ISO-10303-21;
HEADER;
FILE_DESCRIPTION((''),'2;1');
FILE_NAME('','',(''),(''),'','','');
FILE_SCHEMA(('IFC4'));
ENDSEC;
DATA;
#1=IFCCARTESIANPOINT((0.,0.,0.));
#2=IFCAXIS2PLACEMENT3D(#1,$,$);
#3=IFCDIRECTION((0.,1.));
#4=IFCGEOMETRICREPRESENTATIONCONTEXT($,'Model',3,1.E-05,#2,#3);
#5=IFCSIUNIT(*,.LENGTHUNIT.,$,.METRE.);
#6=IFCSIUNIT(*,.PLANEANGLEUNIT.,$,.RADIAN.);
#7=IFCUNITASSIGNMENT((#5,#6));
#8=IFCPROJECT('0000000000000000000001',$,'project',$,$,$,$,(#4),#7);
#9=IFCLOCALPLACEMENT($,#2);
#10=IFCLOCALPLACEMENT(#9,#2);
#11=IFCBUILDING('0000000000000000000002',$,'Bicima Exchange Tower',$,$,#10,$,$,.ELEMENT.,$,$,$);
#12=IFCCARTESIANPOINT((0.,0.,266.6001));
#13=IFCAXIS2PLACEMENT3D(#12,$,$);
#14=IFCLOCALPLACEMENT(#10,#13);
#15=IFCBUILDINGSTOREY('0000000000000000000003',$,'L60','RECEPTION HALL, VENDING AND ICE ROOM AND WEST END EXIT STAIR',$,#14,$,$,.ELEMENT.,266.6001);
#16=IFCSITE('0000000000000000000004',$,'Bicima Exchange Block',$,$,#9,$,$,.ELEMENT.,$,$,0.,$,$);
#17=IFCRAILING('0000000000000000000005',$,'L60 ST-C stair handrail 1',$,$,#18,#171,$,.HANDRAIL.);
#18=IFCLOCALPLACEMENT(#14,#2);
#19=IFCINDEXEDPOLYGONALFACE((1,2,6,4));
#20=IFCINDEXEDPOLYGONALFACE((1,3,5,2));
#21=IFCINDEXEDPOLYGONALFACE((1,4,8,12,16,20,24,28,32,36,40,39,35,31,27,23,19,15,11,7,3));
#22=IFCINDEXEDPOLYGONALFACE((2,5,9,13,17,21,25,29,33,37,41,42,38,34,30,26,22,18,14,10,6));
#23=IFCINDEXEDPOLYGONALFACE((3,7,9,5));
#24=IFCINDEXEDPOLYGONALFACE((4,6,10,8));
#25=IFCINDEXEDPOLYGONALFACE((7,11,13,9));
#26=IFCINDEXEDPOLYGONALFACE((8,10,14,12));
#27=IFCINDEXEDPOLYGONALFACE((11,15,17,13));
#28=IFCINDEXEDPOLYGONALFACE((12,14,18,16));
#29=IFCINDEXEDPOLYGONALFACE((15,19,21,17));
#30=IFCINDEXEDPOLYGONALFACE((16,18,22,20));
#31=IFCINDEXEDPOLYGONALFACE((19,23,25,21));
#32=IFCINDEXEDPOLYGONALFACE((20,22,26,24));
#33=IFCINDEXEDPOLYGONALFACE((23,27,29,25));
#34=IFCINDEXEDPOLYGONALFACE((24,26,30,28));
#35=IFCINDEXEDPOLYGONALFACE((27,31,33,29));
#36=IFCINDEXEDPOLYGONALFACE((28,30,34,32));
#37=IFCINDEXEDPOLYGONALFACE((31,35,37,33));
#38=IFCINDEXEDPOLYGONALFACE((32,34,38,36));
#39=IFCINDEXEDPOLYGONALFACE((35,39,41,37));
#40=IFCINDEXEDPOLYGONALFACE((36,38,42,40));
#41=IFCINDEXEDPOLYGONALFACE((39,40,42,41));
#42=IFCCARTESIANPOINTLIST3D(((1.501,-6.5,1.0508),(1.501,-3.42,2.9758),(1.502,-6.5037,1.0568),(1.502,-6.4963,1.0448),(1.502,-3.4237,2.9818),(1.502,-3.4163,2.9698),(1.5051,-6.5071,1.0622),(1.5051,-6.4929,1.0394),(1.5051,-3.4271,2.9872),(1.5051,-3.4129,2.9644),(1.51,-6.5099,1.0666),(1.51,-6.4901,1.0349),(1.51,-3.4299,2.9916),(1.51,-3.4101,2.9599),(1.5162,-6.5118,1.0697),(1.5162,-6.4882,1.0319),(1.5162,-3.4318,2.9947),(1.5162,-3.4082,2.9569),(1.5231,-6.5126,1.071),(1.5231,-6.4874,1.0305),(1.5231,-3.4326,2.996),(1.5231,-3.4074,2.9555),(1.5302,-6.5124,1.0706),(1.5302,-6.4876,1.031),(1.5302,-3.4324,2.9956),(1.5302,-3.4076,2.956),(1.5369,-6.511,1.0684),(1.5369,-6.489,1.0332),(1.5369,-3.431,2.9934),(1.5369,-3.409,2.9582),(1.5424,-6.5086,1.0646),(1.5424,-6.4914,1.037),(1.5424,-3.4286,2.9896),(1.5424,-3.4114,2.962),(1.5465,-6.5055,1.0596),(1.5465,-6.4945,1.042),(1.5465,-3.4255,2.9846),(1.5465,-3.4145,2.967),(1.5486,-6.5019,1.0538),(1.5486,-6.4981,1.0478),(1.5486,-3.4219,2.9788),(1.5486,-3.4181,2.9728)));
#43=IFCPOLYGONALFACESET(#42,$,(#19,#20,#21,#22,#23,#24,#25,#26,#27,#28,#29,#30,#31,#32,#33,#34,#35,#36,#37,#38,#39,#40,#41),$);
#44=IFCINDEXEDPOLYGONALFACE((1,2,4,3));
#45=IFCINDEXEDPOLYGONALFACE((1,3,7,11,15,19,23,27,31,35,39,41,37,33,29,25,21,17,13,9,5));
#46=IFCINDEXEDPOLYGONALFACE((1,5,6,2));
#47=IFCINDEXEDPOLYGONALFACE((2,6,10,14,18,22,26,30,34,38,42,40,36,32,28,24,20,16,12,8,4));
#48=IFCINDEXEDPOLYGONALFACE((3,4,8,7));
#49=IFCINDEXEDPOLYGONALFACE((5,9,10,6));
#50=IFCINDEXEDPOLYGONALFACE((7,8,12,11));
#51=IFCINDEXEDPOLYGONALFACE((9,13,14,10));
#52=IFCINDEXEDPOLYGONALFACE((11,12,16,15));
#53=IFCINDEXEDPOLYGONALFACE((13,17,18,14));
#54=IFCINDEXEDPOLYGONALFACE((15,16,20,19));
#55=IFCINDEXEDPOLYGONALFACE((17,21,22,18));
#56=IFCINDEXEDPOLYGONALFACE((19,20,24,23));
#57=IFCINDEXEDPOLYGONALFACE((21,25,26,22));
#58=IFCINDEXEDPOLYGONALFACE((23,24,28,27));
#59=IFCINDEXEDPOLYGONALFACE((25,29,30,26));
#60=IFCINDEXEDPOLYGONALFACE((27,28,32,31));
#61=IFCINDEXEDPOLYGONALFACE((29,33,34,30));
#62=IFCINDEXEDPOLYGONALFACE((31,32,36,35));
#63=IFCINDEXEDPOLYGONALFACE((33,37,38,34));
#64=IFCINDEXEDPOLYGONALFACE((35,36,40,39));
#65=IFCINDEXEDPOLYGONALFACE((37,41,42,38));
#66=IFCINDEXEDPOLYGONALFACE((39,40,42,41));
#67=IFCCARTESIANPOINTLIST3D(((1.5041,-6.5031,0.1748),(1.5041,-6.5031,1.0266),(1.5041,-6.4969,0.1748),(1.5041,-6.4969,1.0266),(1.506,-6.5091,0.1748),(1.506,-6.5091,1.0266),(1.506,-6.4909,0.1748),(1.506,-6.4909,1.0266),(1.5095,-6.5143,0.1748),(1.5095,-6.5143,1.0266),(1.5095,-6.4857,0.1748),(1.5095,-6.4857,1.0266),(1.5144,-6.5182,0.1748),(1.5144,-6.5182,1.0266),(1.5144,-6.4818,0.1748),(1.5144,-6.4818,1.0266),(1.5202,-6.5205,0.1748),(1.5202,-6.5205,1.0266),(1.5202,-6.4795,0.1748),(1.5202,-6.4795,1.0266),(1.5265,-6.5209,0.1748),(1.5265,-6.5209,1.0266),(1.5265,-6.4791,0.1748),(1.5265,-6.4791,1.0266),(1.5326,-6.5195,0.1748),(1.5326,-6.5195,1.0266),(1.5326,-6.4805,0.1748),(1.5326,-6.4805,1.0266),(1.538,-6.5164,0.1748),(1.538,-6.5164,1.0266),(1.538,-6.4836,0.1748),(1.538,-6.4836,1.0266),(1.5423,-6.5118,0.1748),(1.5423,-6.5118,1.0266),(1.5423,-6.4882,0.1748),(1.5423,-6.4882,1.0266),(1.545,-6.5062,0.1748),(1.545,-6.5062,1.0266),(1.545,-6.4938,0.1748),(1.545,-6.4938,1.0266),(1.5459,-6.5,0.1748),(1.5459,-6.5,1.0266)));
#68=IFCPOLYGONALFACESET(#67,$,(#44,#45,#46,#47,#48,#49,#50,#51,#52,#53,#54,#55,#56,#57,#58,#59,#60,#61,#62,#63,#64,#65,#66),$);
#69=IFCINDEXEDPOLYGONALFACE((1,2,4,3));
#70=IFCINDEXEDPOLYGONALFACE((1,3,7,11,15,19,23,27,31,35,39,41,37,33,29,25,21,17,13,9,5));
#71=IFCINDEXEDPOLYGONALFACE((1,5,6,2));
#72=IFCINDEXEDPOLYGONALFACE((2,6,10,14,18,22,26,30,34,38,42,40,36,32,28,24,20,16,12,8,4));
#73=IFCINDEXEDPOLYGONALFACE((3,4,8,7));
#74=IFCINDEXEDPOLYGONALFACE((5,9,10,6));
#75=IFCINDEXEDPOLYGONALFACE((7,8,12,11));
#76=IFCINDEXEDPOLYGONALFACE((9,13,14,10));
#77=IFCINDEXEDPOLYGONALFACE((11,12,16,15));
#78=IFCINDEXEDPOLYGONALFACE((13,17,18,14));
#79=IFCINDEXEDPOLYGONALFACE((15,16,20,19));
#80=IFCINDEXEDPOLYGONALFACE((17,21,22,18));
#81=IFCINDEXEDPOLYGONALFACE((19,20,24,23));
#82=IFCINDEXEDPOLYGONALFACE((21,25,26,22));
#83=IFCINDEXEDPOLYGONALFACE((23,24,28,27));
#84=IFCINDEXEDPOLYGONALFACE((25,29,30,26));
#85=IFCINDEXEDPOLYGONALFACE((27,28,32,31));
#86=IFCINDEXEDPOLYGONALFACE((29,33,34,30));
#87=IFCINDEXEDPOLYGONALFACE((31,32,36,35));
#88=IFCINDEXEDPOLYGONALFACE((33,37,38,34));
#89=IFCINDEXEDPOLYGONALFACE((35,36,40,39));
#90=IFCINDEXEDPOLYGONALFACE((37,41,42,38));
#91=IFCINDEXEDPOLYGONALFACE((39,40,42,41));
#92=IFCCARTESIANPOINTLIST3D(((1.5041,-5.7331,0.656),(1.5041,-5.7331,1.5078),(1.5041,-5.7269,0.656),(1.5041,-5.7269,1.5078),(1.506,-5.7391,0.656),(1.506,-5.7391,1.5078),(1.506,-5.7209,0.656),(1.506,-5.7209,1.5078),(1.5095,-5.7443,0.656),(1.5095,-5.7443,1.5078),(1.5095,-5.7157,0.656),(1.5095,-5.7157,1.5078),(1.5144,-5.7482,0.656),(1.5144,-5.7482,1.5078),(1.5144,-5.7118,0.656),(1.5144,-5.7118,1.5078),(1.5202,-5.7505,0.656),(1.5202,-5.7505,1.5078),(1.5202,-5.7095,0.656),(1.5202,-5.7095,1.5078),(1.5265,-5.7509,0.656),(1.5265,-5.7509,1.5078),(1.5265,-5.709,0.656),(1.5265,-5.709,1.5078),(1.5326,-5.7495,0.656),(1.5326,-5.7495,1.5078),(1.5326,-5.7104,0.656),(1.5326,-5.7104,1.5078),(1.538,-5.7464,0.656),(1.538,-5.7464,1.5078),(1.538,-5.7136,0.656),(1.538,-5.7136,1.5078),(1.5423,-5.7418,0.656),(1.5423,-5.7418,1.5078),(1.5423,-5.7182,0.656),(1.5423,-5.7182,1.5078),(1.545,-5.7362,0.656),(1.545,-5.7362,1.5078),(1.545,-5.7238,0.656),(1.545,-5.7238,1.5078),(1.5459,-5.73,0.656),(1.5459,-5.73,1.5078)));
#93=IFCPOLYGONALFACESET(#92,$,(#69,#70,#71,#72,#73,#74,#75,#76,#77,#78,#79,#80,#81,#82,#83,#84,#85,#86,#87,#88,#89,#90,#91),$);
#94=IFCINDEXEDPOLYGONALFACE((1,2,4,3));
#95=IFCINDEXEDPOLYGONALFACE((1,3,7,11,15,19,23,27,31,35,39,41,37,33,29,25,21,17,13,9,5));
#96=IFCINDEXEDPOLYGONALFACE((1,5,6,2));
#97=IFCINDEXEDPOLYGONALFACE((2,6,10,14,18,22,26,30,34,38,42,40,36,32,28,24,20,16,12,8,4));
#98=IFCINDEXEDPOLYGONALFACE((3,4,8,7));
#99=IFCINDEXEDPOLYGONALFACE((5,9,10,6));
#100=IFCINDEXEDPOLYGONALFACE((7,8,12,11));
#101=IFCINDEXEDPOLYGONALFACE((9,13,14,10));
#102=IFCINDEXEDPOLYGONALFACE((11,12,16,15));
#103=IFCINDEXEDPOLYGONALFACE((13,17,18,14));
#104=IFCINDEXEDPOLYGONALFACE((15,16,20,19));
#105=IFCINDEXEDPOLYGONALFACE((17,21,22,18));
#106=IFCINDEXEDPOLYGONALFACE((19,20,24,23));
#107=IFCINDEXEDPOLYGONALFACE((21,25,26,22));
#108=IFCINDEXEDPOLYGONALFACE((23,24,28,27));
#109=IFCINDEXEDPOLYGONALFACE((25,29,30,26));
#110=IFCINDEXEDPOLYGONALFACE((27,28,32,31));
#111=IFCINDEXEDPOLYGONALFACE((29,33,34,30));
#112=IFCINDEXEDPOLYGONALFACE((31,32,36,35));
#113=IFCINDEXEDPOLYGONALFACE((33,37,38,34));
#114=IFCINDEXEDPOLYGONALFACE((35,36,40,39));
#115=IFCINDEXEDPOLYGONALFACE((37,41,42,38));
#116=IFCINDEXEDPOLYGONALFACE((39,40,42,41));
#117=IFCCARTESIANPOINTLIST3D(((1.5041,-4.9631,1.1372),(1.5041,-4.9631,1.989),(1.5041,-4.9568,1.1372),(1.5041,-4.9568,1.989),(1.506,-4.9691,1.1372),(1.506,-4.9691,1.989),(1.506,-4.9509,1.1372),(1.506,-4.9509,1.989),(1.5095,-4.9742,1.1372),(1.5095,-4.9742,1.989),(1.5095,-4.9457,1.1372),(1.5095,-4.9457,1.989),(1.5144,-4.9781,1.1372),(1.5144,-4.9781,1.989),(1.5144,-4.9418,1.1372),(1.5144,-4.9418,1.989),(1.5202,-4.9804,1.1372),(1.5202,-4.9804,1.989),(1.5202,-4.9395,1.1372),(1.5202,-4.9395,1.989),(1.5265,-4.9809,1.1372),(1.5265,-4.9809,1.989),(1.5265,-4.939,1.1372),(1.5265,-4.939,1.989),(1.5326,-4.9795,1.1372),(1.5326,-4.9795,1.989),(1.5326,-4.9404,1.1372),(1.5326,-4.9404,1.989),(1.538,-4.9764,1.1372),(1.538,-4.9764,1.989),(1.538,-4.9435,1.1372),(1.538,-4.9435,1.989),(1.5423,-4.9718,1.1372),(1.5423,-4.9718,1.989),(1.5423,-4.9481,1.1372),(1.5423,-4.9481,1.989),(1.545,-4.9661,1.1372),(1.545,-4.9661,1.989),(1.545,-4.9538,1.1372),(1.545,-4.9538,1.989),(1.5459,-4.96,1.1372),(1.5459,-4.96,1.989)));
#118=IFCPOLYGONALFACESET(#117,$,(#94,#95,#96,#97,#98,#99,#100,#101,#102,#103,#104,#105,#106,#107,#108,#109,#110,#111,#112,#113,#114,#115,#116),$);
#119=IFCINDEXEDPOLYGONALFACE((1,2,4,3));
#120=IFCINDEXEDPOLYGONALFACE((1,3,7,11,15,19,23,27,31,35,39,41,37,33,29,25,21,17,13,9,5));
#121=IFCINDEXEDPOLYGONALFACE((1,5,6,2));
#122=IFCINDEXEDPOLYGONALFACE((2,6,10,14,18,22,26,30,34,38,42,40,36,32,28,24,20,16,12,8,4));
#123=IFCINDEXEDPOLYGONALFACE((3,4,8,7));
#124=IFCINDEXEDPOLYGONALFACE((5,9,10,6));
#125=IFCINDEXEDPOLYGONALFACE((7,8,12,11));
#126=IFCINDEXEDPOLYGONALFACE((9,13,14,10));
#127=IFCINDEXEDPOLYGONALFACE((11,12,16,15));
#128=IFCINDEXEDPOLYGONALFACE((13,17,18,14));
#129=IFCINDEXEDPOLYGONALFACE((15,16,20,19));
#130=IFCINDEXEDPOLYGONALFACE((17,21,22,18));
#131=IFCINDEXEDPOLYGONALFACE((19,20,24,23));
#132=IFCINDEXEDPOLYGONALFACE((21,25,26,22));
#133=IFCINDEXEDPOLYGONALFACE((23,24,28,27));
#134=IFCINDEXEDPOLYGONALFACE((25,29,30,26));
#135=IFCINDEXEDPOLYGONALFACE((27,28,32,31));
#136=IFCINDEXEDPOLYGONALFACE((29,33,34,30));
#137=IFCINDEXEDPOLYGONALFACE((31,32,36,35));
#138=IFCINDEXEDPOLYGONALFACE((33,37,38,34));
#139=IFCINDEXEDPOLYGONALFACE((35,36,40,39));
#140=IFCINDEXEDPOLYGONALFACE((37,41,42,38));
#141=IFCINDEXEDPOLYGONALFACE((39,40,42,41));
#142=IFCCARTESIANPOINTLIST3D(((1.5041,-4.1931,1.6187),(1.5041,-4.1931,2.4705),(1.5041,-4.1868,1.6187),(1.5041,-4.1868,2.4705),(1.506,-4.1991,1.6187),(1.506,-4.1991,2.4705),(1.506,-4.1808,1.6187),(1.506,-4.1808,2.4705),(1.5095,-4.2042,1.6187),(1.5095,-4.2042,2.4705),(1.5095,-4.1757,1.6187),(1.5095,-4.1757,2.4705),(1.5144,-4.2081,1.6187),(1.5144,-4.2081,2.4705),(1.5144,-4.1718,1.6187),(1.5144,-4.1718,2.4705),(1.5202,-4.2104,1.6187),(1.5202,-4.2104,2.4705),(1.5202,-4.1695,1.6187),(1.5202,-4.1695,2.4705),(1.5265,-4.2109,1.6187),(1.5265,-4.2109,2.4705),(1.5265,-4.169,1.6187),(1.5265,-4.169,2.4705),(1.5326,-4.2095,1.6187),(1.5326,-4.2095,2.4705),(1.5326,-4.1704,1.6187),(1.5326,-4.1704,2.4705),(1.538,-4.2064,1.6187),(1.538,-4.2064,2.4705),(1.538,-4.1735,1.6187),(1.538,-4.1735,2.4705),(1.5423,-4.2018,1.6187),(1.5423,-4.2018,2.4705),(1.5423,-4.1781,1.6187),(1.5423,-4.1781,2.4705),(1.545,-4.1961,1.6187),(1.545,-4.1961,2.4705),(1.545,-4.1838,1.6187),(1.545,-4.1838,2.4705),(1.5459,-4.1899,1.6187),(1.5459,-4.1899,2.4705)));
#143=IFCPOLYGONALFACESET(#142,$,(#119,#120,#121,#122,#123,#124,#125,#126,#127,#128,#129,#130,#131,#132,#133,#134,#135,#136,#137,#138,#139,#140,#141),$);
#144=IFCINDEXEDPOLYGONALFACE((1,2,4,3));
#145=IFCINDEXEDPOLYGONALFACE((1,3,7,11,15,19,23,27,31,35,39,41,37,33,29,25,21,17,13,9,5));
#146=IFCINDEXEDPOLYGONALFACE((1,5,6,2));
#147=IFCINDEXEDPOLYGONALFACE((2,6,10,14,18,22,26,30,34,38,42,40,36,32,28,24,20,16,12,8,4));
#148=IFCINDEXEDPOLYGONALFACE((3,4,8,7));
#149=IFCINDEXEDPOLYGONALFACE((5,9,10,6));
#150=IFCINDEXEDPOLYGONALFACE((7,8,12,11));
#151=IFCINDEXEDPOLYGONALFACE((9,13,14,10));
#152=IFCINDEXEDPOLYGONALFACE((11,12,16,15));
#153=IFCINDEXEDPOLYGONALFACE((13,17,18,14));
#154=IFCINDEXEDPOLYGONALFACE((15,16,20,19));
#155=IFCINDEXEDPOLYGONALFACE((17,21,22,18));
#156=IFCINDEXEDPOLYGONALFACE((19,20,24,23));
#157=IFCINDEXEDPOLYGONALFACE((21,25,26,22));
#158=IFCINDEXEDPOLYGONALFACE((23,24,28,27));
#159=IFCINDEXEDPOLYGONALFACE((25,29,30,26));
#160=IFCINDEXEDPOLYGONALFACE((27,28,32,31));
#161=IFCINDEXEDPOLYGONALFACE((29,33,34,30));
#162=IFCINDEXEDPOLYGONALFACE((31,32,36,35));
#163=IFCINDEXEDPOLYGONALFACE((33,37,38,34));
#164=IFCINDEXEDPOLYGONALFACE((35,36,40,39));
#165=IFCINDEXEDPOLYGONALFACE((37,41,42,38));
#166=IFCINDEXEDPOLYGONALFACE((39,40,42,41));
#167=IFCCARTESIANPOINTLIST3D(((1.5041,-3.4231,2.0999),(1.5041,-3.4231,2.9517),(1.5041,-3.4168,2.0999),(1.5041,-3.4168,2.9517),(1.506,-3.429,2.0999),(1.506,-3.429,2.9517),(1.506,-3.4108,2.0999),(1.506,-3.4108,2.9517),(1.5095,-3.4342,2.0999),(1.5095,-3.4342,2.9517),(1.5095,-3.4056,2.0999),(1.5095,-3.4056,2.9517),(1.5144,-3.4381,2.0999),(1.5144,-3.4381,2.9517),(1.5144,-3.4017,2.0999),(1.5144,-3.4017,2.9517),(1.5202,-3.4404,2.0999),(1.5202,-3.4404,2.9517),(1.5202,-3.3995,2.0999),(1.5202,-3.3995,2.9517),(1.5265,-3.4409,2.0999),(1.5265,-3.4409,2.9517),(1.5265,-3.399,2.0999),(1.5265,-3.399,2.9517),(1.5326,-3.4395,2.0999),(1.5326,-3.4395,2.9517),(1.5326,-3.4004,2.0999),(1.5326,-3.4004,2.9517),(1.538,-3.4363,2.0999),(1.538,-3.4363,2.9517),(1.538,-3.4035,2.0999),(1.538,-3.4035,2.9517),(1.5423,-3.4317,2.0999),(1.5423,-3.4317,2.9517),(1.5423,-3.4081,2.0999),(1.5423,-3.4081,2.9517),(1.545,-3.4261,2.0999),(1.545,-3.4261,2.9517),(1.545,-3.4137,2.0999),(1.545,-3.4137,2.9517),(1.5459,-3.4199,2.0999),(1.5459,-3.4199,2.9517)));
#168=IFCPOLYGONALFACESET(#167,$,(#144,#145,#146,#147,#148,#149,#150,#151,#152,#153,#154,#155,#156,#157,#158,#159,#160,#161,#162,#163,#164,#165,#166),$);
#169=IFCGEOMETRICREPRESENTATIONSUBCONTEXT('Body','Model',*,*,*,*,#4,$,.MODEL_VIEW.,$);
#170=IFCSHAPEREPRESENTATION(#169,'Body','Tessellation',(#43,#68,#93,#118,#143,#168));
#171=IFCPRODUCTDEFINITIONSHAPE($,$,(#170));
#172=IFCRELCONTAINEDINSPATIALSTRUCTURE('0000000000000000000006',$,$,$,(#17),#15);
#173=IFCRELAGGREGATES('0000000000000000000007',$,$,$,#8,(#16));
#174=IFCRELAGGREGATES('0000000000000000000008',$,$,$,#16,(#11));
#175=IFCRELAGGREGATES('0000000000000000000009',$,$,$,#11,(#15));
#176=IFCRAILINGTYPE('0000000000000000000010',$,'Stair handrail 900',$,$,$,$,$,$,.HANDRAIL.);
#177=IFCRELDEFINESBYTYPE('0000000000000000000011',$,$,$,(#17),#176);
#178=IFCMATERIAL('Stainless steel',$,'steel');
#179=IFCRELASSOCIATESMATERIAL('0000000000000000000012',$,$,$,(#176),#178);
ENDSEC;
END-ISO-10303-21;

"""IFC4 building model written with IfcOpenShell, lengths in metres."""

from ifc_helpers import new_model, si_unit, direction, frame, origin, origin_2d, place, context, subcontext, project, spatial, circle, extrude, material, type_object, element, save


model = new_model("IFC4")

# Units and contexts
model_context = context("Model", 3, precision=1e-05, world=origin(), true_north=direction((0.0, 1.0)))
body_context = subcontext(model_context, "Body", "Model", "MODEL_VIEW")
ifc_project = project(units=[si_unit("LENGTHUNIT", "METRE"), si_unit("PLANEANGLEUNIT", "RADIAN")], contexts=[model_context])

# Site, building, storey
site_placement = place(None, origin())
site = spatial("IfcSite", under=ifc_project, at=site_placement, Name="Bicima Exchange Block", CompositionType="ELEMENT", RefElevation=0.0)
building_placement = place(site_placement, origin())
building = spatial("IfcBuilding", under=site, at=building_placement, Name="Bicima Exchange Tower", CompositionType="ELEMENT")
storey_placement = place(building_placement, frame((0.0, 0.0, 266.6001)))
storey = spatial("IfcBuildingStorey", under=building, at=storey_placement, Name="L60", Description="RECEPTION HALL, VENDING AND ICE ROOM AND WEST END EXIT STAIR", CompositionType="ELEMENT", Elevation=266.6001)

# Shared definitions
ifc_material_1 = material(Name="Stainless steel", Category="steel")

# Railing
railing_type_1 = type_object("IfcRailingType", Name="Stair handrail 900", PredefinedType="HANDRAIL", material=ifc_material_1)
railing_1_placement = place(storey_placement, frame((1.5249, -6.5, 0.1748)))
element("IfcRailing", 1, at=railing_1_placement, inside=storey, type_object=railing_type_1, Name="L60 ST-C stair handrail 1", PredefinedType="HANDRAIL", context=body_context, shape_type="SweptSolid", body=[
    extrude(circle(Radius=0.0239, at=origin_2d()), frame((0.0, 0.0, 0.876), z_axis=(0.0, 0.847998, 0.529999), x_axis=(-1.0, 0.0, 0.0)), (0.0, 0.0, 1.0), 3.6321),
    extrude(circle(Radius=0.021, at=origin_2d()), origin(), (0.0, 0.0, 1.0), 0.8518),
    extrude(circle(Radius=0.021, at=origin_2d()), frame((0.0, 0.77, 0.4812)), (0.0, 0.0, 1.0), 0.8518),
    extrude(circle(Radius=0.021, at=origin_2d()), frame((0.0, 1.54, 0.9624)), (0.0, 0.0, 1.0), 0.8518),
    extrude(circle(Radius=0.021, at=origin_2d()), frame((0.0, 2.3101, 1.4438)), (0.0, 0.0, 1.0), 0.8518),
    extrude(circle(Radius=0.021, at=origin_2d()), frame((0.0, 3.0801, 1.925)), (0.0, 0.0, 1.0), 0.8518),
])

save(model, "model.ifc")
